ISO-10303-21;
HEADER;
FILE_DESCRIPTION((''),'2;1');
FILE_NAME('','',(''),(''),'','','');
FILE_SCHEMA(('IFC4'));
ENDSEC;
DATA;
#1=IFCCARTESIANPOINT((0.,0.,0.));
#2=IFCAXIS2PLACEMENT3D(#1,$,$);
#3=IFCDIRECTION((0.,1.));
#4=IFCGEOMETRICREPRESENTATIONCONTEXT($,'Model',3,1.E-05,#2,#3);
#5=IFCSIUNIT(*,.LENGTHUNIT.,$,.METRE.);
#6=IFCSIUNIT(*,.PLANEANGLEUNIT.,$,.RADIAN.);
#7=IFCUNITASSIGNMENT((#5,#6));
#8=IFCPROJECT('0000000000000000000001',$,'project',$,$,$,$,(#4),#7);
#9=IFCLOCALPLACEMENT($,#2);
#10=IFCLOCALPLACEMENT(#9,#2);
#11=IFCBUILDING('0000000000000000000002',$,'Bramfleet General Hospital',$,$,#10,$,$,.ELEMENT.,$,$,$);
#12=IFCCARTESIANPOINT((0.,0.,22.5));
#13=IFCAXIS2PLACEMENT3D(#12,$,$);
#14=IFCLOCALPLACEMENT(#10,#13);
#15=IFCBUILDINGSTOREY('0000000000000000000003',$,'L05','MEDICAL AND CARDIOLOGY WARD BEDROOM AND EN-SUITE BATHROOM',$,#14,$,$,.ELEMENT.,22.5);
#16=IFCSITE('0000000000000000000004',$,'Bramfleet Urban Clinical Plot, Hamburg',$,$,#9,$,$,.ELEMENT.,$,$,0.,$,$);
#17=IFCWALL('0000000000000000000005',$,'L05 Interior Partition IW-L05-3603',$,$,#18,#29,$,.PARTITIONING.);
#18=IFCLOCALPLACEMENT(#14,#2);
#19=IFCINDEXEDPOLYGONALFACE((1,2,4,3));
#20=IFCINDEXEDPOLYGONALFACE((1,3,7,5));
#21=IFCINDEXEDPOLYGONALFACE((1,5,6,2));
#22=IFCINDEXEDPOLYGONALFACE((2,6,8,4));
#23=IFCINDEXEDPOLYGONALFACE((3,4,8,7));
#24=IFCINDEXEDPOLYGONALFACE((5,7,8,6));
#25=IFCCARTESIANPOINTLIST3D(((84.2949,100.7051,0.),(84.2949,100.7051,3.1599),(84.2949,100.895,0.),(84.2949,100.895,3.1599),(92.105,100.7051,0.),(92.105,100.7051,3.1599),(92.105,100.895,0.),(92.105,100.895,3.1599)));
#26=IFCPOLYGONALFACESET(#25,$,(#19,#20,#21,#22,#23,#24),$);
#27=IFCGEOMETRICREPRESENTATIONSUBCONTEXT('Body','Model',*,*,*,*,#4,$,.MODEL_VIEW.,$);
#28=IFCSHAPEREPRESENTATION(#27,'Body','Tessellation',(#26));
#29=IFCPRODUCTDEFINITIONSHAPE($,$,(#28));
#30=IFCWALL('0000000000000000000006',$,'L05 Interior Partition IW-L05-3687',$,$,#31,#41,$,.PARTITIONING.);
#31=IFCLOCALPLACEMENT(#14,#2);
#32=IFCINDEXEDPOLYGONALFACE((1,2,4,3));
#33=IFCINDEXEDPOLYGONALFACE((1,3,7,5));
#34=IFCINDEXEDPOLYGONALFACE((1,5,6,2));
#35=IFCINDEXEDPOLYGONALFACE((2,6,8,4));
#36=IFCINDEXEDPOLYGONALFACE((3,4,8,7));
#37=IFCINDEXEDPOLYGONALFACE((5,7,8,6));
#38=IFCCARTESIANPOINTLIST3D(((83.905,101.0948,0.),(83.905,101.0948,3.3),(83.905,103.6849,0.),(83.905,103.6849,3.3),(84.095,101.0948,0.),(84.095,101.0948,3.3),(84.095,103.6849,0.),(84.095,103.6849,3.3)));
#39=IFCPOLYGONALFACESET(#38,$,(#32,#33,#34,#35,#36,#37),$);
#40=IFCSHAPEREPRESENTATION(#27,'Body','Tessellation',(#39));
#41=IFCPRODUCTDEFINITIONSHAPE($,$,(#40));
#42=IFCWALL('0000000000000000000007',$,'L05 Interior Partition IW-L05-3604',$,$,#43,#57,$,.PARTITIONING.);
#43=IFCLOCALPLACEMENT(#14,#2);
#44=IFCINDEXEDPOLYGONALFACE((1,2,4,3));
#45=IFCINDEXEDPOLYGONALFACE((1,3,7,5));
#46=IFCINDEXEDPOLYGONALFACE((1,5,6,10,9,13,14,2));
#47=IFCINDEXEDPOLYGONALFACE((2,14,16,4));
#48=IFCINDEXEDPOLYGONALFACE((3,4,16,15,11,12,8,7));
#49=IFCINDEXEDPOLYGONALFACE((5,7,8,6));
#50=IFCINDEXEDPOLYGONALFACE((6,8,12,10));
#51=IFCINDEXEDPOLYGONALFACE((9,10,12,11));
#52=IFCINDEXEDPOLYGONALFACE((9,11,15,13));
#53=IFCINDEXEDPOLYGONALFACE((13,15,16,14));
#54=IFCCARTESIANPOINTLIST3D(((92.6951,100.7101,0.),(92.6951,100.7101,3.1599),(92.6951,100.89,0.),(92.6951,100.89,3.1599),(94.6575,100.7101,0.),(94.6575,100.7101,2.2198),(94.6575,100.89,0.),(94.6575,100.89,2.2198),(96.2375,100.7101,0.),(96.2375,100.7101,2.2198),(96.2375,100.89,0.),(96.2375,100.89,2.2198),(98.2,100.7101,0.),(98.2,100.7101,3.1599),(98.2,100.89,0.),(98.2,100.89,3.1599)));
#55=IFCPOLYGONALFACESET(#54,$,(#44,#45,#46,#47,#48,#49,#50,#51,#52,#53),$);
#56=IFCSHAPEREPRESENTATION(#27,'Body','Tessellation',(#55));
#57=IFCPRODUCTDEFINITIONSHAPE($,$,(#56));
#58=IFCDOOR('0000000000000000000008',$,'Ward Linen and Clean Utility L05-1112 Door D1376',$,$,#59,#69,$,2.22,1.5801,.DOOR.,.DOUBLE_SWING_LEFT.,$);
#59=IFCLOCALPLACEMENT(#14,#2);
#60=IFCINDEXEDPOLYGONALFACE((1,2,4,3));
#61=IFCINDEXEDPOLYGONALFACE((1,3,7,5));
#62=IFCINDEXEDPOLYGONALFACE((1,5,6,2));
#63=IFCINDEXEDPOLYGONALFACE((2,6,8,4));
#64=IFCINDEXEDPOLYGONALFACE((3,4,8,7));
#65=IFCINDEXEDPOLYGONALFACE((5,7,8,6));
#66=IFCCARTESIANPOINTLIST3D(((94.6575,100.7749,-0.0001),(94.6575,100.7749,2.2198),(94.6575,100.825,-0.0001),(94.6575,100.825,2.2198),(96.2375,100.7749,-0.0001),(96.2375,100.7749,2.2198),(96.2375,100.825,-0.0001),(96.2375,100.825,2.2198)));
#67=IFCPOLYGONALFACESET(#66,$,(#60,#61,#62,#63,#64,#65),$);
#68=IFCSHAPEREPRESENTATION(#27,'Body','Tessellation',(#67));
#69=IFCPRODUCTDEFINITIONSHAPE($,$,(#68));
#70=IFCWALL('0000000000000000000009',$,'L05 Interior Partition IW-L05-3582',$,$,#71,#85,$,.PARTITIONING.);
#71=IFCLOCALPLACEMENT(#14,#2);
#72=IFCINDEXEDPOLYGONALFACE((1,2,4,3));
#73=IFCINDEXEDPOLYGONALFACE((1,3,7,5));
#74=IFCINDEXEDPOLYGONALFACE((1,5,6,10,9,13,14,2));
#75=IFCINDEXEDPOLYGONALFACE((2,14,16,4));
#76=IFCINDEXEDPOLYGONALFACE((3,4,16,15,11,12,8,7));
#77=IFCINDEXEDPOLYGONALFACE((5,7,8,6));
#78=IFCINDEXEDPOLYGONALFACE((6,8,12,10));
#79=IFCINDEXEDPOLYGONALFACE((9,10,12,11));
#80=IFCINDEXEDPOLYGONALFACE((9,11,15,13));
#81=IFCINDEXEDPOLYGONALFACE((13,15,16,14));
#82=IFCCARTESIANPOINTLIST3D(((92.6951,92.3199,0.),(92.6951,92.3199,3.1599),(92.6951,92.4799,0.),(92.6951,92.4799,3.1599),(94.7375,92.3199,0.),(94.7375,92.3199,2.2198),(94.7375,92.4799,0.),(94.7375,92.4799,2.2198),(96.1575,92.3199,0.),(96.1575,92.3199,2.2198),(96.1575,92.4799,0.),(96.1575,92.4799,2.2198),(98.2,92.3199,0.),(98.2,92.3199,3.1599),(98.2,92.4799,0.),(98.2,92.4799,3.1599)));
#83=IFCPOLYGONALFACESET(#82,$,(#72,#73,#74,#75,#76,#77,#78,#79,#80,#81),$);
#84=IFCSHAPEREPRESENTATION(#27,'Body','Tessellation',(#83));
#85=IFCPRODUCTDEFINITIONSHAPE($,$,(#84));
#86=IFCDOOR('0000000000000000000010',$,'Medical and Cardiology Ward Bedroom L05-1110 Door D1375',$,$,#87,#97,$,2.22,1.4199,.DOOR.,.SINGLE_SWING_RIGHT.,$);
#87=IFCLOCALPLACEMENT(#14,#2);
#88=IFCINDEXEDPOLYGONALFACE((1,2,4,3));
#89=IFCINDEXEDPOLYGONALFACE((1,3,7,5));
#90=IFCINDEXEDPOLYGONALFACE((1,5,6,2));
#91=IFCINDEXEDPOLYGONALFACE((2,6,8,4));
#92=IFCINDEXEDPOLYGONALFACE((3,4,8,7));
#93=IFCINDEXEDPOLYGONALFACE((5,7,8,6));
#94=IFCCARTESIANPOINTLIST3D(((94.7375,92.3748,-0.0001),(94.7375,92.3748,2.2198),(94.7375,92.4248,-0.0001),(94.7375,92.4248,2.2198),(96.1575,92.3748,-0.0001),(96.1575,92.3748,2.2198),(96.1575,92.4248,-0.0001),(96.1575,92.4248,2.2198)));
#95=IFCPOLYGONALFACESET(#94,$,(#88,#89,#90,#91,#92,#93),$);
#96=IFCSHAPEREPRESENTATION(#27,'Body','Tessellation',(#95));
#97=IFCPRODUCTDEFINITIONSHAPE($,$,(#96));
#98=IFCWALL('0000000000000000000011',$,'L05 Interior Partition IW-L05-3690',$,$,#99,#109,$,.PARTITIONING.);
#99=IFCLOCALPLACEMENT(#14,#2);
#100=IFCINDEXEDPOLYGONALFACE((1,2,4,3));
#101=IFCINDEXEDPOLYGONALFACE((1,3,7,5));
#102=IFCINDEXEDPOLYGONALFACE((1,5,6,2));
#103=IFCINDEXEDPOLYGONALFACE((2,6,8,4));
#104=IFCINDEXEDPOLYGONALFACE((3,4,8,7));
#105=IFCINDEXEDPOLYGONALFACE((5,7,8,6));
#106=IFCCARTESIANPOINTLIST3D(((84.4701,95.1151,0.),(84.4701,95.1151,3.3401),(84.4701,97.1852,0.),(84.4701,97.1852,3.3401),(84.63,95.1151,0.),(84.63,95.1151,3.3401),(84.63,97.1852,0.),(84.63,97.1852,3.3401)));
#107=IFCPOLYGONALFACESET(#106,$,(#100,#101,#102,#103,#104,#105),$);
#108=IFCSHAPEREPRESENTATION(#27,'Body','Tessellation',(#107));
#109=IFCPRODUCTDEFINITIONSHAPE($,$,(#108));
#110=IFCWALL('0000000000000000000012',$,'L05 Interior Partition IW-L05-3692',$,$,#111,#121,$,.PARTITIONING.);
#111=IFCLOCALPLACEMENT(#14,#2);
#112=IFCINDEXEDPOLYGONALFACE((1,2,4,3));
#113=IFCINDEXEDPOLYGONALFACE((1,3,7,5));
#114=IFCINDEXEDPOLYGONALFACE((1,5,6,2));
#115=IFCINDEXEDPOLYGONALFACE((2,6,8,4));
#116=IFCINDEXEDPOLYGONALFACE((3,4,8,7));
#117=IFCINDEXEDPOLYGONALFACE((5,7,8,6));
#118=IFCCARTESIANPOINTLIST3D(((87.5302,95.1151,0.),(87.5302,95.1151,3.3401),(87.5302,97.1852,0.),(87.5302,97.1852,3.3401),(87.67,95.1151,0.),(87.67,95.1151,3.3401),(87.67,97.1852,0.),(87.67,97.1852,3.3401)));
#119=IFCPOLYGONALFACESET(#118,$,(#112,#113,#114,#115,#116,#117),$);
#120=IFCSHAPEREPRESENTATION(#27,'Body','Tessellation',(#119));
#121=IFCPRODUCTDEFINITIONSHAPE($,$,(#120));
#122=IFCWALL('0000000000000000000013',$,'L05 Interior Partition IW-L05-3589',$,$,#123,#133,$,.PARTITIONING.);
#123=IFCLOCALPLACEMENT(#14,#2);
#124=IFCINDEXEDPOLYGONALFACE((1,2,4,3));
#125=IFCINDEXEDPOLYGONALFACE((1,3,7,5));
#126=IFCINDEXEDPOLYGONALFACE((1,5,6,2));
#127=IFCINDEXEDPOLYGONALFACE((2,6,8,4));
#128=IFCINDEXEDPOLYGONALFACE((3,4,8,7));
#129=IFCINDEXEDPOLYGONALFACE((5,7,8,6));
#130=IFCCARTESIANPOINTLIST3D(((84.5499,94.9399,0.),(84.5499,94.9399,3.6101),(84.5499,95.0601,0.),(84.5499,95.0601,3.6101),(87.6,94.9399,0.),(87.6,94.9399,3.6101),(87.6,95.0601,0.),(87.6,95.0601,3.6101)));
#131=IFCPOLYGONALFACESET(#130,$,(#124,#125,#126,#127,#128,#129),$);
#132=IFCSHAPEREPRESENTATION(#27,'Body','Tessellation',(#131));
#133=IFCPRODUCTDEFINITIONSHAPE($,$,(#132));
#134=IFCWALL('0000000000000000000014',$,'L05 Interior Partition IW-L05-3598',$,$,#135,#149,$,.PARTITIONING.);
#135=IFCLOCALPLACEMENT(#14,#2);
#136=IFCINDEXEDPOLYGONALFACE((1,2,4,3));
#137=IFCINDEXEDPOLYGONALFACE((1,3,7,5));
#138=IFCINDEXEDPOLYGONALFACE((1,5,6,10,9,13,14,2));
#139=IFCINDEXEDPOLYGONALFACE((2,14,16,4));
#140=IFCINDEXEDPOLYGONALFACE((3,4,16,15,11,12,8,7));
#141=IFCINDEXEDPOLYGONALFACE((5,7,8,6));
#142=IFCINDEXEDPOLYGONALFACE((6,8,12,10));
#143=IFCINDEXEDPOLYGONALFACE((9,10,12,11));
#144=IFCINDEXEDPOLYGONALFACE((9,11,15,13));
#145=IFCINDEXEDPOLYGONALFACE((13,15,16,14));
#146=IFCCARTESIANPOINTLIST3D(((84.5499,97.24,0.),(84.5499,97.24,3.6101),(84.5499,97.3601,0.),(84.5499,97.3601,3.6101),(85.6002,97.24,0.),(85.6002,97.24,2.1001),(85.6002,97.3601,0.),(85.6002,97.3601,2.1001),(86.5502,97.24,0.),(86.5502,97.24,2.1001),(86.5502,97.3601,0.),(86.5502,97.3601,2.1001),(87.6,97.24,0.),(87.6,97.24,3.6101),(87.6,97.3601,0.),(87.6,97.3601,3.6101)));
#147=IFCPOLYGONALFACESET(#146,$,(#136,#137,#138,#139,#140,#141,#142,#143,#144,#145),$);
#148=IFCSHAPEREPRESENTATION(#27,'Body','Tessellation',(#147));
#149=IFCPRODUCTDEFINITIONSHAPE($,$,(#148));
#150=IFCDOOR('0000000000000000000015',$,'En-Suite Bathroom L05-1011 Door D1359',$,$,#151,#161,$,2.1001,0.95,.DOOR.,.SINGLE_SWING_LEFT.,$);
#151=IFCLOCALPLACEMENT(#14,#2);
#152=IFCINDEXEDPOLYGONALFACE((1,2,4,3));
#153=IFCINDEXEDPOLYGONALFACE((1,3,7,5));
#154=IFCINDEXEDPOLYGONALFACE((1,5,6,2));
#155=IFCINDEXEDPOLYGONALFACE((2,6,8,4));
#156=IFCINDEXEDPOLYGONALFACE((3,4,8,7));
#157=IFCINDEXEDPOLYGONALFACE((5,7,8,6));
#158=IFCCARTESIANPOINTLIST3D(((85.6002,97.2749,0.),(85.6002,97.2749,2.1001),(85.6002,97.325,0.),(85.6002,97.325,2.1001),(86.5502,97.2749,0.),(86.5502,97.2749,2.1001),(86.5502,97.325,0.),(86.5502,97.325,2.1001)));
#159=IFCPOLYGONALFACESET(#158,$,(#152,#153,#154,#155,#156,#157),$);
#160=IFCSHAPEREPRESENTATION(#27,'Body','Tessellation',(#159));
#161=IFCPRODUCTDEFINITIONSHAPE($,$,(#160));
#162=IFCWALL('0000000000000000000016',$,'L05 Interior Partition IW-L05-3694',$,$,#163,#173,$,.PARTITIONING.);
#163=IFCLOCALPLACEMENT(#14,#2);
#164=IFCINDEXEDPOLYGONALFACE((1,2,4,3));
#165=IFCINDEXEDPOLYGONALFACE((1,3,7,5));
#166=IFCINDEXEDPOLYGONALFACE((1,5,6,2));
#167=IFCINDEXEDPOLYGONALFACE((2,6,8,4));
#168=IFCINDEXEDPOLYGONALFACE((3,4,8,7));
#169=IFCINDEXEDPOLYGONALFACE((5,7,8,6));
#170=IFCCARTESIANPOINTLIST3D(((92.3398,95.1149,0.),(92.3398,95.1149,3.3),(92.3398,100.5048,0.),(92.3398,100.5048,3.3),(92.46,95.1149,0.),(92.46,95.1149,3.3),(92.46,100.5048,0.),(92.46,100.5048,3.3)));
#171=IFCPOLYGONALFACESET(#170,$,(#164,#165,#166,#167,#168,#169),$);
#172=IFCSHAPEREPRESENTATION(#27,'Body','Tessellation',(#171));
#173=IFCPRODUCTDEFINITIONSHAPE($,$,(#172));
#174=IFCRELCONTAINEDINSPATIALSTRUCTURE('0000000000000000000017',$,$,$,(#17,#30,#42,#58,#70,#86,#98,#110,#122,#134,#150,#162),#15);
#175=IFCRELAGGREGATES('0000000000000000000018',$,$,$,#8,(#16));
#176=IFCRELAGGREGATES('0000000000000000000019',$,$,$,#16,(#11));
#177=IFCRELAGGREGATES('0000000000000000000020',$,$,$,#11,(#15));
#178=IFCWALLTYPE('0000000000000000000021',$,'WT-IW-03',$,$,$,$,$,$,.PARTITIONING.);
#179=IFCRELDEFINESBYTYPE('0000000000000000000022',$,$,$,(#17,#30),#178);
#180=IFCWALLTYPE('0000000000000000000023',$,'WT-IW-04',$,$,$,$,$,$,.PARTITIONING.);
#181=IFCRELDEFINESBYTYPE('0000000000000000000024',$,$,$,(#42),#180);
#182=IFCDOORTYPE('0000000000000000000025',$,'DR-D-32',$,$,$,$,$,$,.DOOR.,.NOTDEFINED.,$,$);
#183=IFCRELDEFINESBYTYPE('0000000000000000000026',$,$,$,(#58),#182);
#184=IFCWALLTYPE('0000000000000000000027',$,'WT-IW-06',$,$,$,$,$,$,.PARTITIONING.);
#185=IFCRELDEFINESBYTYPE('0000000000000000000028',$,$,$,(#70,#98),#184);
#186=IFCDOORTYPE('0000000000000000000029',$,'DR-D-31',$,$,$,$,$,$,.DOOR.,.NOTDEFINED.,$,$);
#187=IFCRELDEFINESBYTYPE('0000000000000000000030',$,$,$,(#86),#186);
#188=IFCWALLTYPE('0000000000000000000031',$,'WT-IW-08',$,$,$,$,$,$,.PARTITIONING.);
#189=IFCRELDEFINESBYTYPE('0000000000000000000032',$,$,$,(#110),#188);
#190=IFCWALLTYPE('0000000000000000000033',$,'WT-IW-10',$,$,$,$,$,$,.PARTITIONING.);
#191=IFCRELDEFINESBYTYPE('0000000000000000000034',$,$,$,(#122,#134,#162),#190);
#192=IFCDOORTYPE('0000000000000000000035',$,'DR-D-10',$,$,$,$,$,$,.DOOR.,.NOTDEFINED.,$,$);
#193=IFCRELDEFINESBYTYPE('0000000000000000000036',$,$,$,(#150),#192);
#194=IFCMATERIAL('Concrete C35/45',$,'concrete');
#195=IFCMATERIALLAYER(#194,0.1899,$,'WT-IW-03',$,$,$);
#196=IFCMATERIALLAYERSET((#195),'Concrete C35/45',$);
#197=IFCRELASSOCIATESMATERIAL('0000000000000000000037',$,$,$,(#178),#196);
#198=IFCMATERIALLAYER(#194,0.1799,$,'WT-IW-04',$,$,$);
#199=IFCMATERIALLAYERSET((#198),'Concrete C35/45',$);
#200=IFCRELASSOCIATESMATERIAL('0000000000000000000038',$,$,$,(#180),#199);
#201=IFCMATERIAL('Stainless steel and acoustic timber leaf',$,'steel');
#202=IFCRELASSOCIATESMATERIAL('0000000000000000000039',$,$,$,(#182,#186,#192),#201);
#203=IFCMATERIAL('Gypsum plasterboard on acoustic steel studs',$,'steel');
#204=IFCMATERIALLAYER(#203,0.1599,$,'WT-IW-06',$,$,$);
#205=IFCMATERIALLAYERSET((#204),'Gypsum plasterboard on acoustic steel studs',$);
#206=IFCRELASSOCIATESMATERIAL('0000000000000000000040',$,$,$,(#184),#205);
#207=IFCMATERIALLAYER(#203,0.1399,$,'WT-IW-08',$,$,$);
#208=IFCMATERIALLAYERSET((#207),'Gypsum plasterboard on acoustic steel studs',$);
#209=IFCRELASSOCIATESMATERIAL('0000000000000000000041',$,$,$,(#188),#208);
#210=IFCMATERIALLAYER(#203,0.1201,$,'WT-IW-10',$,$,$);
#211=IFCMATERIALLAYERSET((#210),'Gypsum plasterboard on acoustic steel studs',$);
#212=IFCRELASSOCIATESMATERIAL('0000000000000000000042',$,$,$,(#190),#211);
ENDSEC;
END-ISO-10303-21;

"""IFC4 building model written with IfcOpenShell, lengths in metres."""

from ifc_helpers import new_model, si_unit, direction, frame, frame_2d, origin, place, context, subcontext, project, spatial, rectangle, extrude, material, layer, layer_set, type_object, element, fill, save


model = new_model("IFC4")

# Units and contexts
model_context = context("Model", 3, precision=1e-05, world=origin(), true_north=direction((0.0, 1.0)))
body_context = subcontext(model_context, "Body", "Model", "MODEL_VIEW")
ifc_project = project(units=[si_unit("LENGTHUNIT", "METRE"), si_unit("PLANEANGLEUNIT", "RADIAN")], contexts=[model_context])

# Site, building, storey
site_placement = place(None, origin())
site = spatial("IfcSite", under=ifc_project, at=site_placement, Name="Bramfleet Urban Clinical Plot, Hamburg", CompositionType="ELEMENT", RefElevation=0.0)
building_placement = place(site_placement, origin())
building = spatial("IfcBuilding", under=site, at=building_placement, Name="Bramfleet General Hospital", CompositionType="ELEMENT")
storey_placement = place(building_placement, frame((0.0, 0.0, 22.5)))
storey = spatial("IfcBuildingStorey", under=building, at=storey_placement, Name="L05", Description="MEDICAL AND CARDIOLOGY WARD BEDROOM AND EN-SUITE BATHROOM", CompositionType="ELEMENT", Elevation=22.5)

# Shared definitions
ifc_material_1 = material(Name="Concrete C35/45", Category="concrete")
ifc_material_2 = material(Name="Stainless steel and acoustic timber leaf", Category="steel")

# Walls
ifc_layer_1 = layer(ifc_material_1, 0.1899, Name="WT-IW-03")
ifc_layer_set_1 = layer_set([ifc_layer_1], Name="Concrete C35/45")
wall_type_1 = type_object("IfcWallType", Name="WT-IW-03", PredefinedType="PARTITIONING", material=ifc_layer_set_1)
wall_1_placement = place(storey_placement, frame((84.2949, 100.8, 0.0), z_axis=(0.0, 0.0, 1.0), x_axis=(1.0, 0.0, 0.0)))
element("IfcWall", 1, at=wall_1_placement, inside=storey, type_object=wall_type_1, Name="L05 Interior Partition IW-L05-3603", PredefinedType="PARTITIONING", context=body_context, shape_type="SweptSolid", body=[
    extrude(rectangle(XDim=7.8101, YDim=0.1899, at=frame_2d((3.905, 0.0))), origin(), (0.0, 0.0, 1.0), 3.1599),
])
wall_2_placement = place(storey_placement, frame((84.0, 101.095, 0.0), z_axis=(0.0, 0.0, 1.0), x_axis=(0.0, 1.0, 0.0)))
element("IfcWall", 2, at=wall_2_placement, inside=storey, type_object=wall_type_1, Name="L05 Interior Partition IW-L05-3687", PredefinedType="PARTITIONING", context=body_context, shape_type="SweptSolid", body=[
    extrude(rectangle(XDim=2.5901, YDim=0.1899, at=frame_2d((1.2949, 0.0))), origin(), (0.0, 0.0, 1.0), 3.3),
])

# Walls, openings, doors
ifc_layer_2 = layer(ifc_material_1, 0.1799, Name="WT-IW-04")
ifc_layer_set_2 = layer_set([ifc_layer_2], Name="Concrete C35/45")
wall_type_2 = type_object("IfcWallType", Name="WT-IW-04", PredefinedType="PARTITIONING", material=ifc_layer_set_2)
wall_3_placement = place(storey_placement, frame((92.6951, 100.8, 0.0), z_axis=(0.0, 0.0, 1.0), x_axis=(1.0, 0.0, 0.0)))
wall_3 = element("IfcWall", 3, at=wall_3_placement, inside=storey, type_object=wall_type_2, Name="L05 Interior Partition IW-L05-3604", PredefinedType="PARTITIONING", context=body_context, shape_type="SweptSolid", body=[
    extrude(rectangle(XDim=5.5049, YDim=0.1799, at=frame_2d((2.7524, 0.0))), origin(), (0.0, 0.0, 1.0), 3.1599),
])
opening_1_placement = place(wall_3_placement, frame((1.9624, 0.0, 0.0)))
opening_1 = element("IfcOpeningElement", 4, at=opening_1_placement, cuts=wall_3, PredefinedType="OPENING", context=body_context, shape_type="SweptSolid", body=[
    extrude(rectangle(XDim=1.5801, YDim=2.22, at=frame_2d((0.79, 1.1099))), frame((0.0, 0.0999, 0.0), z_axis=(0.0, -1.0, 0.0), x_axis=(1.0, 0.0, 0.0)), (0.0, 0.0, 1.0), 0.2),
])
door_type_1 = type_object("IfcDoorType", Name="DR-D-32", OperationType="NOTDEFINED", PredefinedType="DOOR", material=ifc_material_2)
door_1_placement = place(opening_1_placement, origin())
door_1 = element("IfcDoor", 5, at=door_1_placement, inside=storey, type_object=door_type_1, Name="Ward Linen and Clean Utility L05-1112 Door D1376", OperationType="DOUBLE_SWING_LEFT", OverallHeight=2.22, OverallWidth=1.5801, PredefinedType="DOOR", context=body_context, shape_type="SweptSolid", body=[
    extrude(rectangle(XDim=1.5801, YDim=2.22, at=frame_2d((0.79, 1.1099))), frame((0.0, 0.0249, 0.0), z_axis=(0.0, -1.0, 0.0), x_axis=(1.0, 0.0, 0.0)), (0.0, 0.0, 1.0), 0.05),
])
fill(opening_1, door_1)
ifc_material_3 = material(Name="Gypsum plasterboard on acoustic steel studs", Category="steel")
ifc_layer_3 = layer(ifc_material_3, 0.1599, Name="WT-IW-06")
ifc_layer_set_3 = layer_set([ifc_layer_3], Name="Gypsum plasterboard on acoustic steel studs")
wall_type_3 = type_object("IfcWallType", Name="WT-IW-06", PredefinedType="PARTITIONING", material=ifc_layer_set_3)
wall_4_placement = place(storey_placement, frame((92.6951, 92.3999, 0.0), z_axis=(0.0, 0.0, 1.0), x_axis=(1.0, 0.0, 0.0)))
wall_4 = element("IfcWall", 6, at=wall_4_placement, inside=storey, type_object=wall_type_3, Name="L05 Interior Partition IW-L05-3582", PredefinedType="PARTITIONING", context=body_context, shape_type="SweptSolid", body=[
    extrude(rectangle(XDim=5.5049, YDim=0.1599, at=frame_2d((2.7524, 0.0))), origin(), (0.0, 0.0, 1.0), 3.1599),
])
opening_2_placement = place(wall_4_placement, frame((2.0425, 0.0, 0.0)))
opening_2 = element("IfcOpeningElement", 7, at=opening_2_placement, cuts=wall_4, PredefinedType="OPENING", context=body_context, shape_type="SweptSolid", body=[
    extrude(rectangle(XDim=1.4199, YDim=2.22, at=frame_2d((0.71, 1.1099))), frame((0.0, 0.0898, 0.0), z_axis=(0.0, -1.0, 0.0), x_axis=(1.0, 0.0, 0.0)), (0.0, 0.0, 1.0), 0.1799),
])
door_type_2 = type_object("IfcDoorType", Name="DR-D-31", OperationType="NOTDEFINED", PredefinedType="DOOR", material=ifc_material_2)
door_2_placement = place(opening_2_placement, origin())
door_2 = element("IfcDoor", 8, at=door_2_placement, inside=storey, type_object=door_type_2, Name="Medical and Cardiology Ward Bedroom L05-1110 Door D1375", OperationType="SINGLE_SWING_RIGHT", OverallHeight=2.22, OverallWidth=1.4199, PredefinedType="DOOR", context=body_context, shape_type="SweptSolid", body=[
    extrude(rectangle(XDim=1.4199, YDim=2.22, at=frame_2d((0.71, 1.1099))), frame((0.0, 0.0249, 0.0), z_axis=(0.0, -1.0, 0.0), x_axis=(1.0, 0.0, 0.0)), (0.0, 0.0, 1.0), 0.05),
])
fill(opening_2, door_2)

# Walls
wall_5_placement = place(storey_placement, frame((84.55, 95.115, 0.0), z_axis=(0.0, 0.0, 1.0), x_axis=(0.0, 1.0, 0.0)))
element("IfcWall", 9, at=wall_5_placement, inside=storey, type_object=wall_type_3, Name="L05 Interior Partition IW-L05-3690", PredefinedType="PARTITIONING", context=body_context, shape_type="SweptSolid", body=[
    extrude(rectangle(XDim=2.0701, YDim=0.1599, at=frame_2d((1.0352, 0.0))), origin(), (0.0, 0.0, 1.0), 3.3401),
])
ifc_layer_4 = layer(ifc_material_3, 0.1399, Name="WT-IW-08")
ifc_layer_set_4 = layer_set([ifc_layer_4], Name="Gypsum plasterboard on acoustic steel studs")
wall_type_4 = type_object("IfcWallType", Name="WT-IW-08", PredefinedType="PARTITIONING", material=ifc_layer_set_4)
wall_6_placement = place(storey_placement, frame((87.6001, 95.115, 0.0), z_axis=(0.0, 0.0, 1.0), x_axis=(0.0, 1.0, 0.0)))
element("IfcWall", 10, at=wall_6_placement, inside=storey, type_object=wall_type_4, Name="L05 Interior Partition IW-L05-3692", PredefinedType="PARTITIONING", context=body_context, shape_type="SweptSolid", body=[
    extrude(rectangle(XDim=2.0701, YDim=0.1399, at=frame_2d((1.0352, 0.0))), origin(), (0.0, 0.0, 1.0), 3.3401),
])
ifc_layer_5 = layer(ifc_material_3, 0.1201, Name="WT-IW-10")
ifc_layer_set_5 = layer_set([ifc_layer_5], Name="Gypsum plasterboard on acoustic steel studs")
wall_type_5 = type_object("IfcWallType", Name="WT-IW-10", PredefinedType="PARTITIONING", material=ifc_layer_set_5)
wall_7_placement = place(storey_placement, frame((84.55, 95.0, 0.0), z_axis=(0.0, 0.0, 1.0), x_axis=(1.0, 0.0, 0.0)))
element("IfcWall", 11, at=wall_7_placement, inside=storey, type_object=wall_type_5, Name="L05 Interior Partition IW-L05-3589", PredefinedType="PARTITIONING", context=body_context, shape_type="SweptSolid", body=[
    extrude(rectangle(XDim=3.05, YDim=0.1201, at=frame_2d((1.5249, 0.0))), origin(), (0.0, 0.0, 1.0), 3.6101),
])

# Wall, opening, door
wall_8_placement = place(storey_placement, frame((84.55, 97.3, 0.0), z_axis=(0.0, 0.0, 1.0), x_axis=(1.0, 0.0, 0.0)))
wall_8 = element("IfcWall", 12, at=wall_8_placement, inside=storey, type_object=wall_type_5, Name="L05 Interior Partition IW-L05-3598", PredefinedType="PARTITIONING", context=body_context, shape_type="SweptSolid", body=[
    extrude(rectangle(XDim=3.05, YDim=0.1201, at=frame_2d((1.5249, 0.0))), origin(), (0.0, 0.0, 1.0), 3.6101),
])
opening_3_placement = place(wall_8_placement, frame((1.05, 0.0, 0.0)))
opening_3 = element("IfcOpeningElement", 13, at=opening_3_placement, cuts=wall_8, PredefinedType="OPENING", context=body_context, shape_type="SweptSolid", body=[
    extrude(rectangle(XDim=0.95, YDim=2.1001, at=frame_2d((0.4751, 1.05))), frame((0.0, 0.0701, 0.0), z_axis=(0.0, -1.0, 0.0), x_axis=(1.0, 0.0, 0.0)), (0.0, 0.0, 1.0), 0.1401),
])
door_type_3 = type_object("IfcDoorType", Name="DR-D-10", OperationType="NOTDEFINED", PredefinedType="DOOR", material=ifc_material_2)
door_3_placement = place(opening_3_placement, origin())
door_3 = element("IfcDoor", 14, at=door_3_placement, inside=storey, type_object=door_type_3, Name="En-Suite Bathroom L05-1011 Door D1359", OperationType="SINGLE_SWING_LEFT", OverallHeight=2.1001, OverallWidth=0.95, PredefinedType="DOOR", context=body_context, shape_type="SweptSolid", body=[
    extrude(rectangle(XDim=0.95, YDim=2.1001, at=frame_2d((0.4751, 1.05))), frame((0.0, 0.0249, 0.0), z_axis=(0.0, -1.0, 0.0), x_axis=(1.0, 0.0, 0.0)), (0.0, 0.0, 1.0), 0.05),
])
fill(opening_3, door_3)

# Wall
wall_9_placement = place(storey_placement, frame((92.3999, 95.115, 0.0), z_axis=(0.0, 0.0, 1.0), x_axis=(0.0, 1.0, 0.0)))
element("IfcWall", 15, at=wall_9_placement, inside=storey, type_object=wall_type_5, Name="L05 Interior Partition IW-L05-3694", PredefinedType="PARTITIONING", context=body_context, shape_type="SweptSolid", body=[
    extrude(rectangle(XDim=5.3899, YDim=0.1201, at=frame_2d((2.6948, 0.0))), origin(), (0.0, 0.0, 1.0), 3.3),
])

save(model, "model.ifc")
